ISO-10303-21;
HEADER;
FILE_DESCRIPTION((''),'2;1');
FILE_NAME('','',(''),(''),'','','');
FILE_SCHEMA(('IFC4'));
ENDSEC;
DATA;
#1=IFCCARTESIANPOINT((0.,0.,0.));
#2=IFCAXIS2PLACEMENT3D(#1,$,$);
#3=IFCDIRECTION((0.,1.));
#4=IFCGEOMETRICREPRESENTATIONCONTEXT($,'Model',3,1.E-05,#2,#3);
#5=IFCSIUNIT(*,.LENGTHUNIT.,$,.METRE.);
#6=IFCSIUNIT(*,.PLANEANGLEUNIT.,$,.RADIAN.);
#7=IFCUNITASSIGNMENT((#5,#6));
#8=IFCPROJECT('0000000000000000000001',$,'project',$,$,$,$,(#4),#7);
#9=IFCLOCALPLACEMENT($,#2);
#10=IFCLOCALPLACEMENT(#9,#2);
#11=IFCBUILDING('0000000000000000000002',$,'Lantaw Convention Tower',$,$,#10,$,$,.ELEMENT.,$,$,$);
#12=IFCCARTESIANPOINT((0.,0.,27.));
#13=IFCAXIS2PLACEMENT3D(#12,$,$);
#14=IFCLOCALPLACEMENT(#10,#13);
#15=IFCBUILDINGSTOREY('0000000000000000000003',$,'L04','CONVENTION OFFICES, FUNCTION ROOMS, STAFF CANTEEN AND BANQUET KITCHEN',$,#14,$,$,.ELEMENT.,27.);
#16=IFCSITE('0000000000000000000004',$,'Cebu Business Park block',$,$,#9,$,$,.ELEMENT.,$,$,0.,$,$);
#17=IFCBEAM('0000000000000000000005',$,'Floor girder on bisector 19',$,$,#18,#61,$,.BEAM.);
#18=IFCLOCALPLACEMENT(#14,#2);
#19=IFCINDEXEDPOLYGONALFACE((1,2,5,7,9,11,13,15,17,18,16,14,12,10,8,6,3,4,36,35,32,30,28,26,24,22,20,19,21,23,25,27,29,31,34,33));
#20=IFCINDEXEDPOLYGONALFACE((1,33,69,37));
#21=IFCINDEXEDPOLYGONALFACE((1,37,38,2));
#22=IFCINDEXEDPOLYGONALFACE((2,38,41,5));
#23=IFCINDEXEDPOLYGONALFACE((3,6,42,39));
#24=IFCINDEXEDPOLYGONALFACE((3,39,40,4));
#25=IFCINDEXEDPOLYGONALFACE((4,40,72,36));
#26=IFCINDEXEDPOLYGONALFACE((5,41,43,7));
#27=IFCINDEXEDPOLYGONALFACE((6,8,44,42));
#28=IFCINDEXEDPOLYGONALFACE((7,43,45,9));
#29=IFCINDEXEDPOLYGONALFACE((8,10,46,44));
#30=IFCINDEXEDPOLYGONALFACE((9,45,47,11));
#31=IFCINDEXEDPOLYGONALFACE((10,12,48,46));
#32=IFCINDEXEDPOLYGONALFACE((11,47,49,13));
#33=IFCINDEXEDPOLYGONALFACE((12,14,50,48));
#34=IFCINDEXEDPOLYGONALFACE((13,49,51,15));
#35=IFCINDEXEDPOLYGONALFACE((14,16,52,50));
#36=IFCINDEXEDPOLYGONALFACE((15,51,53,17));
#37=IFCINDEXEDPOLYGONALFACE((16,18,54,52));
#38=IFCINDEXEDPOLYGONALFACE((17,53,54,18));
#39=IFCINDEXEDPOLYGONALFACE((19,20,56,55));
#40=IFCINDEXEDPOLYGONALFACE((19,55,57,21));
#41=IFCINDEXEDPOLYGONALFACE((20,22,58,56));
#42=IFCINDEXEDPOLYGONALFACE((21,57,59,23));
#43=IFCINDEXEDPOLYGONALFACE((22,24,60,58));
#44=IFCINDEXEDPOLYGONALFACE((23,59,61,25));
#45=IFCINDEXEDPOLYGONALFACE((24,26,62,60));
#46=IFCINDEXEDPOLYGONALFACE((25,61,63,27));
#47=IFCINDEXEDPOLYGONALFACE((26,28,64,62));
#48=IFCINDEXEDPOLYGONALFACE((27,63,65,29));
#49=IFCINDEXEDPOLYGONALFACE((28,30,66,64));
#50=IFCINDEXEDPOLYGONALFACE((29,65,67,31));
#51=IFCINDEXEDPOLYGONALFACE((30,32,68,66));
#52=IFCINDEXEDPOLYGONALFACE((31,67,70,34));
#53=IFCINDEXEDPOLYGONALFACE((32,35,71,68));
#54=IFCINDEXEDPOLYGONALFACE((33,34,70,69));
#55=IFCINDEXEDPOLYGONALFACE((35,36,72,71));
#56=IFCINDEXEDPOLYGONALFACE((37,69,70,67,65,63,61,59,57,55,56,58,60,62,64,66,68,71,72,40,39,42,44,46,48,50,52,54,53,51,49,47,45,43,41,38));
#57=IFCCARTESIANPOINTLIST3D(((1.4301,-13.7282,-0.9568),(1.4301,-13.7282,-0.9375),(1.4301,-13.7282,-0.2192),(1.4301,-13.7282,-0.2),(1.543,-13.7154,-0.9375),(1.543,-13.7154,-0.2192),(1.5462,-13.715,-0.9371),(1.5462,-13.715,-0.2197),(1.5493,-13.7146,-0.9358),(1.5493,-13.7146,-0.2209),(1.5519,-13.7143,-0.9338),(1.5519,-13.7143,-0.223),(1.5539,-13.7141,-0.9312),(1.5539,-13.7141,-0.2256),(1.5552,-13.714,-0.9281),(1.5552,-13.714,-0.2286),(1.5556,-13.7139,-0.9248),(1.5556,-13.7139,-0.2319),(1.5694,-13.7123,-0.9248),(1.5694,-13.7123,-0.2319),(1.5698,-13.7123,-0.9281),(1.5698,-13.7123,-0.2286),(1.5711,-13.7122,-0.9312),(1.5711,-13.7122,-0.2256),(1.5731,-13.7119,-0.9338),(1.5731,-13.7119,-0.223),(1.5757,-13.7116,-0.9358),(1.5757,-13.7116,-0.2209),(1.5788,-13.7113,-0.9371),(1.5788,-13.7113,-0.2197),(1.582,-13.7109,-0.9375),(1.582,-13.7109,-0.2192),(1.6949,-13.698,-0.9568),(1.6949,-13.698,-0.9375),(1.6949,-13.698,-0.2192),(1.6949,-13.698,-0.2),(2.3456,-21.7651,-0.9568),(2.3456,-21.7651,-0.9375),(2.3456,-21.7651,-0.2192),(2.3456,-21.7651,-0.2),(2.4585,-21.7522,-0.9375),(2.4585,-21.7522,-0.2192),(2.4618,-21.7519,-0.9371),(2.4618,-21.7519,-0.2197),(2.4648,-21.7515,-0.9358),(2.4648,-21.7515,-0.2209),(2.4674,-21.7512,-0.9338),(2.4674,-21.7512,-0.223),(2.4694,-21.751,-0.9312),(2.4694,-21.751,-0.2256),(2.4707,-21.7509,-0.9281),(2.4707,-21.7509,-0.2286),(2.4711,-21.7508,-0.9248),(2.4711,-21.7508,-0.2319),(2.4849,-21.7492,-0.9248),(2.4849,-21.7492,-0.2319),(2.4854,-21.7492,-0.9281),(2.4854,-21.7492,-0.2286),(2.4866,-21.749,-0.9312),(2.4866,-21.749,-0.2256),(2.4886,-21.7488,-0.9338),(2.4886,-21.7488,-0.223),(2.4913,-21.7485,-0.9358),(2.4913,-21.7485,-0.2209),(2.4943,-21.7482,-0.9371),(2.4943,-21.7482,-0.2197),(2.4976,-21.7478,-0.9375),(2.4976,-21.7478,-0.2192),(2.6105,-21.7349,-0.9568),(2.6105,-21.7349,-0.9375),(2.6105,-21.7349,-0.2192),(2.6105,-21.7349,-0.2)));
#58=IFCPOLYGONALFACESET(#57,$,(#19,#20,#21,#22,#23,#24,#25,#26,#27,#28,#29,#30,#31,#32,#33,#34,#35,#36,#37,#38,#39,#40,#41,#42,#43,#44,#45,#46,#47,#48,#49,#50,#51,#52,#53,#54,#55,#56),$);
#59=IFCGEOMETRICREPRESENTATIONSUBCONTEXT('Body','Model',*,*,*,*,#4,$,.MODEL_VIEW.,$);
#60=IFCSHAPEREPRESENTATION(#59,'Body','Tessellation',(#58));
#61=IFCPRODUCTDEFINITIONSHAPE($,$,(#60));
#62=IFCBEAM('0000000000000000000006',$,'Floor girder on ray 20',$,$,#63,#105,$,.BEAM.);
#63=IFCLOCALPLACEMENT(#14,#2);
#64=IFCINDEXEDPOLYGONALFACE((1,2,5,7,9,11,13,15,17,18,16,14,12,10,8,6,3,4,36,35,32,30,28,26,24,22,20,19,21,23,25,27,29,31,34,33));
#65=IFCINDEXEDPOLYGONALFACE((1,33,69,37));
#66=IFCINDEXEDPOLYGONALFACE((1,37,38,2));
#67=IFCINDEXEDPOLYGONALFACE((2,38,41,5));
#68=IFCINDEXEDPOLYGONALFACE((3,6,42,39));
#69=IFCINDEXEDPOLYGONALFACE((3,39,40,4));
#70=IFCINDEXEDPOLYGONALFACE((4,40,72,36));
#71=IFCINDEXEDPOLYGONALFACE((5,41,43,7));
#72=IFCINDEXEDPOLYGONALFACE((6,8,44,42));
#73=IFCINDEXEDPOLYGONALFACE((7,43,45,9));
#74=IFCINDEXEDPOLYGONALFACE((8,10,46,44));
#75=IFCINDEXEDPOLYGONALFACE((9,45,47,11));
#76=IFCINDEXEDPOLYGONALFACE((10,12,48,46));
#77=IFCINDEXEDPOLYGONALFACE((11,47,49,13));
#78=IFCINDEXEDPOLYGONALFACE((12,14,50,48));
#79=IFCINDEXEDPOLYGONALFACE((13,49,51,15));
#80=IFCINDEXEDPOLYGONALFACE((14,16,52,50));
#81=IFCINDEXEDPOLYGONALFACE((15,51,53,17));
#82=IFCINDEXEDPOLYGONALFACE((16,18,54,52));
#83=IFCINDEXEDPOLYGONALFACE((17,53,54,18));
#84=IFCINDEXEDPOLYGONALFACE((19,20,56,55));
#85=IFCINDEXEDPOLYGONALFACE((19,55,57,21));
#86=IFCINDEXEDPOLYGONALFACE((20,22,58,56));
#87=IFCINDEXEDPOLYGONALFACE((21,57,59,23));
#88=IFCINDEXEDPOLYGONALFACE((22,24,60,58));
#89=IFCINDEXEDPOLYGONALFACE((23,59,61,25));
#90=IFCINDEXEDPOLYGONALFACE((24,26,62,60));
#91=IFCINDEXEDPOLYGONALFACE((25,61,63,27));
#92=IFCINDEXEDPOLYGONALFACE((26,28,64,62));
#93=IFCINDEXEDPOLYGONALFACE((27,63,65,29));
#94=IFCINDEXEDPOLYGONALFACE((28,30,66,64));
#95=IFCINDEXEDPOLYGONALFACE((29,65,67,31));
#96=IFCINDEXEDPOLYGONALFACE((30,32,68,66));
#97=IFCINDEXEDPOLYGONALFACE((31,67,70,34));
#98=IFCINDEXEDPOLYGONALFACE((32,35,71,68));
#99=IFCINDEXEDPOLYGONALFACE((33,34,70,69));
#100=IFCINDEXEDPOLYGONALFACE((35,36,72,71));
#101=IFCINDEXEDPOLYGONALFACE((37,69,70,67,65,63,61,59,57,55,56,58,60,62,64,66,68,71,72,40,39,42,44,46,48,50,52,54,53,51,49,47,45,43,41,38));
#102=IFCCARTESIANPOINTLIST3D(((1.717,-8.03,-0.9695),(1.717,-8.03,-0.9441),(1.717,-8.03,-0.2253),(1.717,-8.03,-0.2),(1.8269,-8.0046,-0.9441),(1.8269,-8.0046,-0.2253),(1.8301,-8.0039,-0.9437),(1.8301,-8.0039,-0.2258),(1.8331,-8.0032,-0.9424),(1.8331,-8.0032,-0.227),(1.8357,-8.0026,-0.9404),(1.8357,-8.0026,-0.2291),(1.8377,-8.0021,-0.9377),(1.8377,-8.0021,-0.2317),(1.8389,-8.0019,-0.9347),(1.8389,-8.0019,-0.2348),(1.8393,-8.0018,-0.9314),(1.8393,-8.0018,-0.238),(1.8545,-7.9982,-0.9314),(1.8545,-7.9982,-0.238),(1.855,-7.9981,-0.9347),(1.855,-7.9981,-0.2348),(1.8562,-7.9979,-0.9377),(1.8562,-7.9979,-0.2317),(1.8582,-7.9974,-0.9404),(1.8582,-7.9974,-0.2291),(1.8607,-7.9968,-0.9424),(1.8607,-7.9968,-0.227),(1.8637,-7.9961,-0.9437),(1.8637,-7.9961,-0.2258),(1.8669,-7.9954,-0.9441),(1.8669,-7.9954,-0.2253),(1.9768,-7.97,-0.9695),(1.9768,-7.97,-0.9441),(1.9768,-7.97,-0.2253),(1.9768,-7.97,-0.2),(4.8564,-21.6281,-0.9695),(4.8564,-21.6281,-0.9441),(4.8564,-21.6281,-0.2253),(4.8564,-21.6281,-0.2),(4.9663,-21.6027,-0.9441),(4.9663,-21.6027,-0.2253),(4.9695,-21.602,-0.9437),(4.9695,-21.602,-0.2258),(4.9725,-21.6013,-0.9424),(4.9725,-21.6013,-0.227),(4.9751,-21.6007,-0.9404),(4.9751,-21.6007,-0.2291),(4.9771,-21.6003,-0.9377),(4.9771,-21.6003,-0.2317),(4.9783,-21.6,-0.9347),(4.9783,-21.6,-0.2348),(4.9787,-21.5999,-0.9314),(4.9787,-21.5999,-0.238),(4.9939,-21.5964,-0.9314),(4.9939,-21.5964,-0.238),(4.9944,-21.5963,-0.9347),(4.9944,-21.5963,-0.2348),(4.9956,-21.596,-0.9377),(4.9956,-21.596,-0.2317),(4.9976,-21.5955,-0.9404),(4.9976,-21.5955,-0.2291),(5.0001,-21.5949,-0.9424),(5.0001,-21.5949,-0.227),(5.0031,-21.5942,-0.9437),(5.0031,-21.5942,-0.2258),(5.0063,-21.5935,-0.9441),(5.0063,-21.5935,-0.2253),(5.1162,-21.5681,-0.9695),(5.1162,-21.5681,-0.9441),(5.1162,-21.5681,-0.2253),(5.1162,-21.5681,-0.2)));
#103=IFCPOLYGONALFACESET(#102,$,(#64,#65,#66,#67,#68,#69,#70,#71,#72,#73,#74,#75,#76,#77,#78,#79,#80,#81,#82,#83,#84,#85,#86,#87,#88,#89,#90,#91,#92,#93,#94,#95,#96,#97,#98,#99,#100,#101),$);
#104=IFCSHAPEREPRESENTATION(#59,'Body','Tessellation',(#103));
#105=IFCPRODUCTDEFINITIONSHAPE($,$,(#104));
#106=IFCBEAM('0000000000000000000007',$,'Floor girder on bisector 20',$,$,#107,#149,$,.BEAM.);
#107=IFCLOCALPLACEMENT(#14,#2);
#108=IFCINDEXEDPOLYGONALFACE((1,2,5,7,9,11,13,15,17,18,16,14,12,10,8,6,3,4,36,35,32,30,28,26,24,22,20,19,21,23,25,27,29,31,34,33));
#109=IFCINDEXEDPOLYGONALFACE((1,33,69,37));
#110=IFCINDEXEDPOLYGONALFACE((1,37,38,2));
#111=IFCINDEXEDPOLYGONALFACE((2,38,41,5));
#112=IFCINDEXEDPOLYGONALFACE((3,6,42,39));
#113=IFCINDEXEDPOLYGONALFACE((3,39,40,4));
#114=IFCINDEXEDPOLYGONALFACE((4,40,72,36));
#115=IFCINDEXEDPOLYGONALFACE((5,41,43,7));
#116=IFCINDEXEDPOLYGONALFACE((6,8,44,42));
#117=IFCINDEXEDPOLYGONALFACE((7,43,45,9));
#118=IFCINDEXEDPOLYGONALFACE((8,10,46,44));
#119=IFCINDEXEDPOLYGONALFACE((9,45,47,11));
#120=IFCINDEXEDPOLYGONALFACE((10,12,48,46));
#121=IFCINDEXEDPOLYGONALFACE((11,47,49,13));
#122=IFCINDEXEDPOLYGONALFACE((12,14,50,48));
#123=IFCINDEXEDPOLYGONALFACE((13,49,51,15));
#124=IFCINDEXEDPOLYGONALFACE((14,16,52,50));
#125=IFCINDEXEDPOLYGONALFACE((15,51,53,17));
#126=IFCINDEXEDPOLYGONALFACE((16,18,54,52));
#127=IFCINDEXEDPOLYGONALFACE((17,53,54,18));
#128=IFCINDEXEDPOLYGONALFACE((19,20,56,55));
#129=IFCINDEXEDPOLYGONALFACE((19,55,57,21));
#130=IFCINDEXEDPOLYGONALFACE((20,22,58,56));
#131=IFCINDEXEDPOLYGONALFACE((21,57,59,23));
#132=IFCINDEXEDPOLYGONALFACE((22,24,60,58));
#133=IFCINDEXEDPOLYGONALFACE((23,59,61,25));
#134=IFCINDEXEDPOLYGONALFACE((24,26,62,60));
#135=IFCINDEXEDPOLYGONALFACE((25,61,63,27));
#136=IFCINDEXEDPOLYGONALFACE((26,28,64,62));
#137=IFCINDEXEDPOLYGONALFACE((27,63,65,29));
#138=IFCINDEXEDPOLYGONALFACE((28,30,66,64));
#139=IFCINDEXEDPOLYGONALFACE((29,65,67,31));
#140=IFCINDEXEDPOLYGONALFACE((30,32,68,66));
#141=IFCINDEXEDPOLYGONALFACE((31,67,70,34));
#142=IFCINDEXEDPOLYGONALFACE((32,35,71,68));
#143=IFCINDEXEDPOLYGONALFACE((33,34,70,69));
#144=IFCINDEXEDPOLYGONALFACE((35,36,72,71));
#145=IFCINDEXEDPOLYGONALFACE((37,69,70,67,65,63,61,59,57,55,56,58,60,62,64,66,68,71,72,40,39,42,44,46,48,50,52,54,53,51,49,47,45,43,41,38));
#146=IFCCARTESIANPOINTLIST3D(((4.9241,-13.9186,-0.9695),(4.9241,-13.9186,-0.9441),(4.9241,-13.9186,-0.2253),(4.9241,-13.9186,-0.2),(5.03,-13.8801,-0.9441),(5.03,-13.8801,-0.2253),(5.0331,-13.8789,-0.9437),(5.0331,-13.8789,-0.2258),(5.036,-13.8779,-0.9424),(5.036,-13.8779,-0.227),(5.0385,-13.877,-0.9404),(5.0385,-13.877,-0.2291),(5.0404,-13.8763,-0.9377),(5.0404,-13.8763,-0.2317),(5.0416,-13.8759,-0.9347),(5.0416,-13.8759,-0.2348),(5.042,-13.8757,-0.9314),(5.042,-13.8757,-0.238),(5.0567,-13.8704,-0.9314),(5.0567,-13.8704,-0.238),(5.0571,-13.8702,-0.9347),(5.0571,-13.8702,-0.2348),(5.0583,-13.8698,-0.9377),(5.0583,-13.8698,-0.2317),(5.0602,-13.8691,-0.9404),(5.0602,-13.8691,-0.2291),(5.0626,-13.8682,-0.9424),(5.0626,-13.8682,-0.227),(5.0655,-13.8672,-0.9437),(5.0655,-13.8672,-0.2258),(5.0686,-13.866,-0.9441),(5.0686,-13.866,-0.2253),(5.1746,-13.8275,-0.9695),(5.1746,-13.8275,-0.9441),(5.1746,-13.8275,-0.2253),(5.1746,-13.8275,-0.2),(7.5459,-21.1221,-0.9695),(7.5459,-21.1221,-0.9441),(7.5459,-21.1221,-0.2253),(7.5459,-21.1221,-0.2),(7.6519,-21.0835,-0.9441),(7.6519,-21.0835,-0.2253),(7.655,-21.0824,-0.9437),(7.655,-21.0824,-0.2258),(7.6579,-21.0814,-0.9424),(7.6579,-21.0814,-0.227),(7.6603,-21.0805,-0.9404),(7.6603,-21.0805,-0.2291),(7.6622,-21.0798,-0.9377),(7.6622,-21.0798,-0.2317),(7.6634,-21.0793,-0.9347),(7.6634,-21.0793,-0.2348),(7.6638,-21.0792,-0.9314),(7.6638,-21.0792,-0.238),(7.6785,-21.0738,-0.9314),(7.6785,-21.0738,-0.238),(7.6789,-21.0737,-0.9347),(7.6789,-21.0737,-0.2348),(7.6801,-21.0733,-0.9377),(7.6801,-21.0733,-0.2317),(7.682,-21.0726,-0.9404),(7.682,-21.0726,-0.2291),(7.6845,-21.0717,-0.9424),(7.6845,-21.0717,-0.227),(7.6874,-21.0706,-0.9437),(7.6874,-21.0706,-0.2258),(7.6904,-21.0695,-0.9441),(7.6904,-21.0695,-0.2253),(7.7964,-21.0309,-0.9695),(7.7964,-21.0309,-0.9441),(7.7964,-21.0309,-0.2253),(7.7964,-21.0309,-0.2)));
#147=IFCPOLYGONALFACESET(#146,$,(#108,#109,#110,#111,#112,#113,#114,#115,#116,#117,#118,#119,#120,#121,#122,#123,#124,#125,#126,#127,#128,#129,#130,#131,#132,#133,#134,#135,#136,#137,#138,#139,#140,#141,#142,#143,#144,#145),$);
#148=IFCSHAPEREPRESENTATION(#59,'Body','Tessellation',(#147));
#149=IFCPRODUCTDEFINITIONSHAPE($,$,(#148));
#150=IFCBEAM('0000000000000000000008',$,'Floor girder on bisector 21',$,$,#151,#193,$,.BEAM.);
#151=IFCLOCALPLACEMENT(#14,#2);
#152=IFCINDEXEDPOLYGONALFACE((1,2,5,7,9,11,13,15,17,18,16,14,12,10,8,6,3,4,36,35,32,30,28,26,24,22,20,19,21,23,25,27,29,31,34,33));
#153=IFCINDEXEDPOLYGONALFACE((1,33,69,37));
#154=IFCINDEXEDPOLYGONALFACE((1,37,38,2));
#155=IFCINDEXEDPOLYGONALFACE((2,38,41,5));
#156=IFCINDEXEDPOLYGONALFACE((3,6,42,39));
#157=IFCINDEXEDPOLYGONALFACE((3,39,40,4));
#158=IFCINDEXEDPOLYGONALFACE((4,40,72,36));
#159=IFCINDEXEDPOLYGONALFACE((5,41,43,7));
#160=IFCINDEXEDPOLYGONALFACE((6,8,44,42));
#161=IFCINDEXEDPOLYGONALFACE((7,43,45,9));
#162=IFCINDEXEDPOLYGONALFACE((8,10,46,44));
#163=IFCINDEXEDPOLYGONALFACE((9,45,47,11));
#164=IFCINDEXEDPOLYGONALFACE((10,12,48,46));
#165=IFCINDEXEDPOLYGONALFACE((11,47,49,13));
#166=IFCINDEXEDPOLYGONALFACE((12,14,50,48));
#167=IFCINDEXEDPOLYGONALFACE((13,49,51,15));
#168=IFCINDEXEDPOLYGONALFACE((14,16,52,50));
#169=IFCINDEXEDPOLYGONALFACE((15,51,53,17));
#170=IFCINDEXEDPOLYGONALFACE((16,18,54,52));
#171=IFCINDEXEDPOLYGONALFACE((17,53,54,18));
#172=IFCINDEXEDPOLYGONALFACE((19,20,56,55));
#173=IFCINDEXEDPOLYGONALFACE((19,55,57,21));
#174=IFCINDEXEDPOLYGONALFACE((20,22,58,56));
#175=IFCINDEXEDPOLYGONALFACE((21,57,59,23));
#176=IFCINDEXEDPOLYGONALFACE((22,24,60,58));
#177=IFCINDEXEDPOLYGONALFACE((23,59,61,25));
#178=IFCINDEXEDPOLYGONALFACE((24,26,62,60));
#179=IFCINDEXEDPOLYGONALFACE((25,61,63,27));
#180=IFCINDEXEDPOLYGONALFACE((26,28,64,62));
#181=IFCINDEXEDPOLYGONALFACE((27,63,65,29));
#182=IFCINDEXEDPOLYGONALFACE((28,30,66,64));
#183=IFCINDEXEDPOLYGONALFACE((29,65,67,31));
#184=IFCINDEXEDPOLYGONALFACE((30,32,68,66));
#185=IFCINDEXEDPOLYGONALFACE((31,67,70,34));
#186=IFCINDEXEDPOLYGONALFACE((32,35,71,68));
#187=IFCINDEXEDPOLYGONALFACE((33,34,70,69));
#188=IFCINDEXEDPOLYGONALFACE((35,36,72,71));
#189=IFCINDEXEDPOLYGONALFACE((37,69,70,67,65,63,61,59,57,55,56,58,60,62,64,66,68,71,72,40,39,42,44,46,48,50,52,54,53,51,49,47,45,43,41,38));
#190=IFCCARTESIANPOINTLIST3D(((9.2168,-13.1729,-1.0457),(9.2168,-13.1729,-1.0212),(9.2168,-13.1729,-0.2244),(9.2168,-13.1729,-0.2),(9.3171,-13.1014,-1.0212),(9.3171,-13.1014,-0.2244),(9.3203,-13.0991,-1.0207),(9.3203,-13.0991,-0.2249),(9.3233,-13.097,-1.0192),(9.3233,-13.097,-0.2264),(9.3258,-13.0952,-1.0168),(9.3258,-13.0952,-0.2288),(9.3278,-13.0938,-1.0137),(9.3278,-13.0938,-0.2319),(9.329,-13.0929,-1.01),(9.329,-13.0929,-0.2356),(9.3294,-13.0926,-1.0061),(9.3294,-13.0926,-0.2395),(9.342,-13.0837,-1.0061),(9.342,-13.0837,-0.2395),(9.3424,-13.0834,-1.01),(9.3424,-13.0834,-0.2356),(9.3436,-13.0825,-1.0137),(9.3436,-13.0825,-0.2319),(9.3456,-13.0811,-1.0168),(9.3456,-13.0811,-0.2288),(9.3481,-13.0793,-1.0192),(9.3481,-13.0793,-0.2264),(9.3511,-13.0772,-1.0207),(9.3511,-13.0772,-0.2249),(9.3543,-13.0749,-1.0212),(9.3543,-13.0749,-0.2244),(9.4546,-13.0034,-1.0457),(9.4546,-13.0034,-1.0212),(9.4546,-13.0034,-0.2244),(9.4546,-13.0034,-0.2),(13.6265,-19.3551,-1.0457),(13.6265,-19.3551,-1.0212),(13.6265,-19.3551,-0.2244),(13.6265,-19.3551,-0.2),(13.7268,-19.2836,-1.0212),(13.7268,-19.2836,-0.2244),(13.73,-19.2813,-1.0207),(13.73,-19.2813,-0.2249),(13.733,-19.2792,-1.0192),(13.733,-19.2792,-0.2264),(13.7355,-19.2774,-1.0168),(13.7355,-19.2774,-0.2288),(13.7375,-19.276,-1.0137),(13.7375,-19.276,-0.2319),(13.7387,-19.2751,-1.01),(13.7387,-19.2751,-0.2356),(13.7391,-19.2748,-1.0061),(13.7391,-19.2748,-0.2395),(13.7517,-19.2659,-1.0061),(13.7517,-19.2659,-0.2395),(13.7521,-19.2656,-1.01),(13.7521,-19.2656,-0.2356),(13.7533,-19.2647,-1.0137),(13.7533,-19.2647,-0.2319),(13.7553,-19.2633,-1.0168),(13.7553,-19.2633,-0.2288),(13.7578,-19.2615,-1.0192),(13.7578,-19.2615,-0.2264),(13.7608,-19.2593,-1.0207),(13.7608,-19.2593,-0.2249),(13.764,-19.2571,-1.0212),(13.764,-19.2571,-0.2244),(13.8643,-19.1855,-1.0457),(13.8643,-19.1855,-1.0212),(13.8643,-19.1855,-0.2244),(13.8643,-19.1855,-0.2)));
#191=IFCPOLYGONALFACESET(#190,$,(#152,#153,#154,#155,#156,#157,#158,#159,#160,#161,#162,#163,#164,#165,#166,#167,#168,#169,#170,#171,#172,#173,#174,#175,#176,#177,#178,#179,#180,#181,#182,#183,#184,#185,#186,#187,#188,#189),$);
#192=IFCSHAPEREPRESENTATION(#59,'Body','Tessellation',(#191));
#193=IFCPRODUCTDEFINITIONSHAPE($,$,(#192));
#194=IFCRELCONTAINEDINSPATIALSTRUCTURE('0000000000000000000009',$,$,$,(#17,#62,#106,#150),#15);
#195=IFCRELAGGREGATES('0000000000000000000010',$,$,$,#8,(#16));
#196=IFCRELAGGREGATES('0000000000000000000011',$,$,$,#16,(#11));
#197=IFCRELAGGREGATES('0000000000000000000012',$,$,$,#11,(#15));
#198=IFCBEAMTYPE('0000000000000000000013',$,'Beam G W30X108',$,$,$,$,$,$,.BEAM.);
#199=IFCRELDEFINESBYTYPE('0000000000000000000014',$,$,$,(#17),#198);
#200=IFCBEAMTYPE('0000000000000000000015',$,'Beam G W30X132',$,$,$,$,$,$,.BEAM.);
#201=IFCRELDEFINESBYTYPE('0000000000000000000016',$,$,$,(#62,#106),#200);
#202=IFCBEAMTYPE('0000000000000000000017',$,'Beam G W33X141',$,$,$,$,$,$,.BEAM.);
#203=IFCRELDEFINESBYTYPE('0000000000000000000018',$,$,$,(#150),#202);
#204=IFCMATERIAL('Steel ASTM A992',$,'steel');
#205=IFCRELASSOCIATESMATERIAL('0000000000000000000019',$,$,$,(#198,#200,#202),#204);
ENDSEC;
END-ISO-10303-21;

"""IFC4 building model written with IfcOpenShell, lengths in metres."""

from ifc_helpers import new_model, si_unit, direction, frame, origin, origin_2d, place, context, subcontext, project, spatial, i_section, extrude, material, material_profile, profile_set, type_object, element, save


model = new_model("IFC4")

# Units and contexts
model_context = context("Model", 3, precision=1e-05, world=origin(), true_north=direction((0.0, 1.0)))
body_context = subcontext(model_context, "Body", "Model", "MODEL_VIEW")
ifc_project = project(units=[si_unit("LENGTHUNIT", "METRE"), si_unit("PLANEANGLEUNIT", "RADIAN")], contexts=[model_context])

# Site, building, storey
site_placement = place(None, origin())
site = spatial("IfcSite", under=ifc_project, at=site_placement, Name="Cebu Business Park block", CompositionType="ELEMENT", RefElevation=0.0)
building_placement = place(site_placement, origin())
building = spatial("IfcBuilding", under=site, at=building_placement, Name="Lantaw Convention Tower", CompositionType="ELEMENT")
storey_placement = place(building_placement, frame((0.0, 0.0, 27.0)))
storey = spatial("IfcBuildingStorey", under=building, at=storey_placement, Name="L04", Description="CONVENTION OFFICES, FUNCTION ROOMS, STAFF CANTEEN AND BANQUET KITCHEN", CompositionType="ELEMENT", Elevation=27.0)

# Beams
ifc_material_1 = material(Name="Steel ASTM A992", Category="steel")
ifc_material_profile_1 = material_profile(ifc_material_1, i_section(OverallWidth=0.2666, OverallDepth=0.7568, WebThickness=0.0139, FlangeThickness=0.0193, FilletRadius=0.0127, at=origin_2d()), Name="W30X108")
ifc_profile_set_1 = profile_set([ifc_material_profile_1], Name="Steel ASTM A992")
beam_type_1 = type_object("IfcBeamType", Name="Beam G W30X108", PredefinedType="BEAM", material=ifc_profile_set_1)
beam_1_placement = place(storey_placement, frame((1.5625, -13.7131, -0.5784), z_axis=(0.113184, -0.993574, 0.0), x_axis=(0.993574, 0.113184, 0.0)))
element("IfcBeam", 1, at=beam_1_placement, inside=storey, type_object=beam_type_1, Name="Floor girder on bisector 19", PredefinedType="BEAM", context=body_context, shape_type="SweptSolid", body=[
    extrude(i_section(OverallWidth=0.2666, OverallDepth=0.7568, WebThickness=0.0139, FlangeThickness=0.0193, FilletRadius=0.0127, at=origin_2d()), origin(), (0.0, 0.0, 1.0), 8.0889),
])
ifc_material_profile_2 = material_profile(ifc_material_1, i_section(OverallWidth=0.2666, OverallDepth=0.7695, WebThickness=0.0156, FlangeThickness=0.0254, FilletRadius=0.0127, at=origin_2d()), Name="W30X132")
ifc_profile_set_2 = profile_set([ifc_material_profile_2], Name="Steel ASTM A992")
beam_type_2 = type_object("IfcBeamType", Name="Beam G W30X132", PredefinedType="BEAM", material=ifc_profile_set_2)
beam_2_placement = place(storey_placement, frame((1.8469, -8.0, -0.5847), z_axis=(0.224953, -0.97437, 0.0), x_axis=(0.97437, 0.224953, 0.0)))
element("IfcBeam", 2, at=beam_2_placement, inside=storey, type_object=beam_type_2, Name="Floor girder on ray 20", PredefinedType="BEAM", context=body_context, shape_type="SweptSolid", body=[
    extrude(i_section(OverallWidth=0.2666, OverallDepth=0.7695, WebThickness=0.0156, FlangeThickness=0.0254, FilletRadius=0.0127, at=origin_2d()), origin(), (0.0, 0.0, 1.0), 13.9558),
])
beam_3_placement = place(storey_placement, frame((5.0493, -13.873, -0.5847), z_axis=(0.342022, -0.939692, 0.0), x_axis=(0.939692, 0.342022, 0.0)))
element("IfcBeam", 3, at=beam_3_placement, inside=storey, type_object=beam_type_2, Name="Floor girder on bisector 20", PredefinedType="BEAM", context=body_context, shape_type="SweptSolid", body=[
    extrude(i_section(OverallWidth=0.2666, OverallDepth=0.7695, WebThickness=0.0156, FlangeThickness=0.0254, FilletRadius=0.0127, at=origin_2d()), origin(), (0.0, 0.0, 1.0), 7.6658),
])
ifc_material_profile_3 = material_profile(ifc_material_1, i_section(OverallWidth=0.292, OverallDepth=0.8457, WebThickness=0.0154, FlangeThickness=0.0244, FilletRadius=0.0151, at=origin_2d()), Name="W33X141")
ifc_profile_set_3 = profile_set([ifc_material_profile_3], Name="Steel ASTM A992")
beam_type_3 = type_object("IfcBeamType", Name="Beam G W33X141", PredefinedType="BEAM", material=ifc_profile_set_3)
beam_4_placement = place(storey_placement, frame((9.3357, -13.0881, -0.6228), z_axis=(0.580703, -0.814116, 0.0), x_axis=(0.814116, 0.580703, 0.0)))
element("IfcBeam", 4, at=beam_4_placement, inside=storey, type_object=beam_type_3, Name="Floor girder on bisector 21", PredefinedType="BEAM", context=body_context, shape_type="SweptSolid", body=[
    extrude(i_section(OverallWidth=0.292, OverallDepth=0.8457, WebThickness=0.0154, FlangeThickness=0.0244, FilletRadius=0.0151, at=origin_2d()), origin(), (0.0, 0.0, 1.0), 7.5938),
])

save(model, "model.ifc")
